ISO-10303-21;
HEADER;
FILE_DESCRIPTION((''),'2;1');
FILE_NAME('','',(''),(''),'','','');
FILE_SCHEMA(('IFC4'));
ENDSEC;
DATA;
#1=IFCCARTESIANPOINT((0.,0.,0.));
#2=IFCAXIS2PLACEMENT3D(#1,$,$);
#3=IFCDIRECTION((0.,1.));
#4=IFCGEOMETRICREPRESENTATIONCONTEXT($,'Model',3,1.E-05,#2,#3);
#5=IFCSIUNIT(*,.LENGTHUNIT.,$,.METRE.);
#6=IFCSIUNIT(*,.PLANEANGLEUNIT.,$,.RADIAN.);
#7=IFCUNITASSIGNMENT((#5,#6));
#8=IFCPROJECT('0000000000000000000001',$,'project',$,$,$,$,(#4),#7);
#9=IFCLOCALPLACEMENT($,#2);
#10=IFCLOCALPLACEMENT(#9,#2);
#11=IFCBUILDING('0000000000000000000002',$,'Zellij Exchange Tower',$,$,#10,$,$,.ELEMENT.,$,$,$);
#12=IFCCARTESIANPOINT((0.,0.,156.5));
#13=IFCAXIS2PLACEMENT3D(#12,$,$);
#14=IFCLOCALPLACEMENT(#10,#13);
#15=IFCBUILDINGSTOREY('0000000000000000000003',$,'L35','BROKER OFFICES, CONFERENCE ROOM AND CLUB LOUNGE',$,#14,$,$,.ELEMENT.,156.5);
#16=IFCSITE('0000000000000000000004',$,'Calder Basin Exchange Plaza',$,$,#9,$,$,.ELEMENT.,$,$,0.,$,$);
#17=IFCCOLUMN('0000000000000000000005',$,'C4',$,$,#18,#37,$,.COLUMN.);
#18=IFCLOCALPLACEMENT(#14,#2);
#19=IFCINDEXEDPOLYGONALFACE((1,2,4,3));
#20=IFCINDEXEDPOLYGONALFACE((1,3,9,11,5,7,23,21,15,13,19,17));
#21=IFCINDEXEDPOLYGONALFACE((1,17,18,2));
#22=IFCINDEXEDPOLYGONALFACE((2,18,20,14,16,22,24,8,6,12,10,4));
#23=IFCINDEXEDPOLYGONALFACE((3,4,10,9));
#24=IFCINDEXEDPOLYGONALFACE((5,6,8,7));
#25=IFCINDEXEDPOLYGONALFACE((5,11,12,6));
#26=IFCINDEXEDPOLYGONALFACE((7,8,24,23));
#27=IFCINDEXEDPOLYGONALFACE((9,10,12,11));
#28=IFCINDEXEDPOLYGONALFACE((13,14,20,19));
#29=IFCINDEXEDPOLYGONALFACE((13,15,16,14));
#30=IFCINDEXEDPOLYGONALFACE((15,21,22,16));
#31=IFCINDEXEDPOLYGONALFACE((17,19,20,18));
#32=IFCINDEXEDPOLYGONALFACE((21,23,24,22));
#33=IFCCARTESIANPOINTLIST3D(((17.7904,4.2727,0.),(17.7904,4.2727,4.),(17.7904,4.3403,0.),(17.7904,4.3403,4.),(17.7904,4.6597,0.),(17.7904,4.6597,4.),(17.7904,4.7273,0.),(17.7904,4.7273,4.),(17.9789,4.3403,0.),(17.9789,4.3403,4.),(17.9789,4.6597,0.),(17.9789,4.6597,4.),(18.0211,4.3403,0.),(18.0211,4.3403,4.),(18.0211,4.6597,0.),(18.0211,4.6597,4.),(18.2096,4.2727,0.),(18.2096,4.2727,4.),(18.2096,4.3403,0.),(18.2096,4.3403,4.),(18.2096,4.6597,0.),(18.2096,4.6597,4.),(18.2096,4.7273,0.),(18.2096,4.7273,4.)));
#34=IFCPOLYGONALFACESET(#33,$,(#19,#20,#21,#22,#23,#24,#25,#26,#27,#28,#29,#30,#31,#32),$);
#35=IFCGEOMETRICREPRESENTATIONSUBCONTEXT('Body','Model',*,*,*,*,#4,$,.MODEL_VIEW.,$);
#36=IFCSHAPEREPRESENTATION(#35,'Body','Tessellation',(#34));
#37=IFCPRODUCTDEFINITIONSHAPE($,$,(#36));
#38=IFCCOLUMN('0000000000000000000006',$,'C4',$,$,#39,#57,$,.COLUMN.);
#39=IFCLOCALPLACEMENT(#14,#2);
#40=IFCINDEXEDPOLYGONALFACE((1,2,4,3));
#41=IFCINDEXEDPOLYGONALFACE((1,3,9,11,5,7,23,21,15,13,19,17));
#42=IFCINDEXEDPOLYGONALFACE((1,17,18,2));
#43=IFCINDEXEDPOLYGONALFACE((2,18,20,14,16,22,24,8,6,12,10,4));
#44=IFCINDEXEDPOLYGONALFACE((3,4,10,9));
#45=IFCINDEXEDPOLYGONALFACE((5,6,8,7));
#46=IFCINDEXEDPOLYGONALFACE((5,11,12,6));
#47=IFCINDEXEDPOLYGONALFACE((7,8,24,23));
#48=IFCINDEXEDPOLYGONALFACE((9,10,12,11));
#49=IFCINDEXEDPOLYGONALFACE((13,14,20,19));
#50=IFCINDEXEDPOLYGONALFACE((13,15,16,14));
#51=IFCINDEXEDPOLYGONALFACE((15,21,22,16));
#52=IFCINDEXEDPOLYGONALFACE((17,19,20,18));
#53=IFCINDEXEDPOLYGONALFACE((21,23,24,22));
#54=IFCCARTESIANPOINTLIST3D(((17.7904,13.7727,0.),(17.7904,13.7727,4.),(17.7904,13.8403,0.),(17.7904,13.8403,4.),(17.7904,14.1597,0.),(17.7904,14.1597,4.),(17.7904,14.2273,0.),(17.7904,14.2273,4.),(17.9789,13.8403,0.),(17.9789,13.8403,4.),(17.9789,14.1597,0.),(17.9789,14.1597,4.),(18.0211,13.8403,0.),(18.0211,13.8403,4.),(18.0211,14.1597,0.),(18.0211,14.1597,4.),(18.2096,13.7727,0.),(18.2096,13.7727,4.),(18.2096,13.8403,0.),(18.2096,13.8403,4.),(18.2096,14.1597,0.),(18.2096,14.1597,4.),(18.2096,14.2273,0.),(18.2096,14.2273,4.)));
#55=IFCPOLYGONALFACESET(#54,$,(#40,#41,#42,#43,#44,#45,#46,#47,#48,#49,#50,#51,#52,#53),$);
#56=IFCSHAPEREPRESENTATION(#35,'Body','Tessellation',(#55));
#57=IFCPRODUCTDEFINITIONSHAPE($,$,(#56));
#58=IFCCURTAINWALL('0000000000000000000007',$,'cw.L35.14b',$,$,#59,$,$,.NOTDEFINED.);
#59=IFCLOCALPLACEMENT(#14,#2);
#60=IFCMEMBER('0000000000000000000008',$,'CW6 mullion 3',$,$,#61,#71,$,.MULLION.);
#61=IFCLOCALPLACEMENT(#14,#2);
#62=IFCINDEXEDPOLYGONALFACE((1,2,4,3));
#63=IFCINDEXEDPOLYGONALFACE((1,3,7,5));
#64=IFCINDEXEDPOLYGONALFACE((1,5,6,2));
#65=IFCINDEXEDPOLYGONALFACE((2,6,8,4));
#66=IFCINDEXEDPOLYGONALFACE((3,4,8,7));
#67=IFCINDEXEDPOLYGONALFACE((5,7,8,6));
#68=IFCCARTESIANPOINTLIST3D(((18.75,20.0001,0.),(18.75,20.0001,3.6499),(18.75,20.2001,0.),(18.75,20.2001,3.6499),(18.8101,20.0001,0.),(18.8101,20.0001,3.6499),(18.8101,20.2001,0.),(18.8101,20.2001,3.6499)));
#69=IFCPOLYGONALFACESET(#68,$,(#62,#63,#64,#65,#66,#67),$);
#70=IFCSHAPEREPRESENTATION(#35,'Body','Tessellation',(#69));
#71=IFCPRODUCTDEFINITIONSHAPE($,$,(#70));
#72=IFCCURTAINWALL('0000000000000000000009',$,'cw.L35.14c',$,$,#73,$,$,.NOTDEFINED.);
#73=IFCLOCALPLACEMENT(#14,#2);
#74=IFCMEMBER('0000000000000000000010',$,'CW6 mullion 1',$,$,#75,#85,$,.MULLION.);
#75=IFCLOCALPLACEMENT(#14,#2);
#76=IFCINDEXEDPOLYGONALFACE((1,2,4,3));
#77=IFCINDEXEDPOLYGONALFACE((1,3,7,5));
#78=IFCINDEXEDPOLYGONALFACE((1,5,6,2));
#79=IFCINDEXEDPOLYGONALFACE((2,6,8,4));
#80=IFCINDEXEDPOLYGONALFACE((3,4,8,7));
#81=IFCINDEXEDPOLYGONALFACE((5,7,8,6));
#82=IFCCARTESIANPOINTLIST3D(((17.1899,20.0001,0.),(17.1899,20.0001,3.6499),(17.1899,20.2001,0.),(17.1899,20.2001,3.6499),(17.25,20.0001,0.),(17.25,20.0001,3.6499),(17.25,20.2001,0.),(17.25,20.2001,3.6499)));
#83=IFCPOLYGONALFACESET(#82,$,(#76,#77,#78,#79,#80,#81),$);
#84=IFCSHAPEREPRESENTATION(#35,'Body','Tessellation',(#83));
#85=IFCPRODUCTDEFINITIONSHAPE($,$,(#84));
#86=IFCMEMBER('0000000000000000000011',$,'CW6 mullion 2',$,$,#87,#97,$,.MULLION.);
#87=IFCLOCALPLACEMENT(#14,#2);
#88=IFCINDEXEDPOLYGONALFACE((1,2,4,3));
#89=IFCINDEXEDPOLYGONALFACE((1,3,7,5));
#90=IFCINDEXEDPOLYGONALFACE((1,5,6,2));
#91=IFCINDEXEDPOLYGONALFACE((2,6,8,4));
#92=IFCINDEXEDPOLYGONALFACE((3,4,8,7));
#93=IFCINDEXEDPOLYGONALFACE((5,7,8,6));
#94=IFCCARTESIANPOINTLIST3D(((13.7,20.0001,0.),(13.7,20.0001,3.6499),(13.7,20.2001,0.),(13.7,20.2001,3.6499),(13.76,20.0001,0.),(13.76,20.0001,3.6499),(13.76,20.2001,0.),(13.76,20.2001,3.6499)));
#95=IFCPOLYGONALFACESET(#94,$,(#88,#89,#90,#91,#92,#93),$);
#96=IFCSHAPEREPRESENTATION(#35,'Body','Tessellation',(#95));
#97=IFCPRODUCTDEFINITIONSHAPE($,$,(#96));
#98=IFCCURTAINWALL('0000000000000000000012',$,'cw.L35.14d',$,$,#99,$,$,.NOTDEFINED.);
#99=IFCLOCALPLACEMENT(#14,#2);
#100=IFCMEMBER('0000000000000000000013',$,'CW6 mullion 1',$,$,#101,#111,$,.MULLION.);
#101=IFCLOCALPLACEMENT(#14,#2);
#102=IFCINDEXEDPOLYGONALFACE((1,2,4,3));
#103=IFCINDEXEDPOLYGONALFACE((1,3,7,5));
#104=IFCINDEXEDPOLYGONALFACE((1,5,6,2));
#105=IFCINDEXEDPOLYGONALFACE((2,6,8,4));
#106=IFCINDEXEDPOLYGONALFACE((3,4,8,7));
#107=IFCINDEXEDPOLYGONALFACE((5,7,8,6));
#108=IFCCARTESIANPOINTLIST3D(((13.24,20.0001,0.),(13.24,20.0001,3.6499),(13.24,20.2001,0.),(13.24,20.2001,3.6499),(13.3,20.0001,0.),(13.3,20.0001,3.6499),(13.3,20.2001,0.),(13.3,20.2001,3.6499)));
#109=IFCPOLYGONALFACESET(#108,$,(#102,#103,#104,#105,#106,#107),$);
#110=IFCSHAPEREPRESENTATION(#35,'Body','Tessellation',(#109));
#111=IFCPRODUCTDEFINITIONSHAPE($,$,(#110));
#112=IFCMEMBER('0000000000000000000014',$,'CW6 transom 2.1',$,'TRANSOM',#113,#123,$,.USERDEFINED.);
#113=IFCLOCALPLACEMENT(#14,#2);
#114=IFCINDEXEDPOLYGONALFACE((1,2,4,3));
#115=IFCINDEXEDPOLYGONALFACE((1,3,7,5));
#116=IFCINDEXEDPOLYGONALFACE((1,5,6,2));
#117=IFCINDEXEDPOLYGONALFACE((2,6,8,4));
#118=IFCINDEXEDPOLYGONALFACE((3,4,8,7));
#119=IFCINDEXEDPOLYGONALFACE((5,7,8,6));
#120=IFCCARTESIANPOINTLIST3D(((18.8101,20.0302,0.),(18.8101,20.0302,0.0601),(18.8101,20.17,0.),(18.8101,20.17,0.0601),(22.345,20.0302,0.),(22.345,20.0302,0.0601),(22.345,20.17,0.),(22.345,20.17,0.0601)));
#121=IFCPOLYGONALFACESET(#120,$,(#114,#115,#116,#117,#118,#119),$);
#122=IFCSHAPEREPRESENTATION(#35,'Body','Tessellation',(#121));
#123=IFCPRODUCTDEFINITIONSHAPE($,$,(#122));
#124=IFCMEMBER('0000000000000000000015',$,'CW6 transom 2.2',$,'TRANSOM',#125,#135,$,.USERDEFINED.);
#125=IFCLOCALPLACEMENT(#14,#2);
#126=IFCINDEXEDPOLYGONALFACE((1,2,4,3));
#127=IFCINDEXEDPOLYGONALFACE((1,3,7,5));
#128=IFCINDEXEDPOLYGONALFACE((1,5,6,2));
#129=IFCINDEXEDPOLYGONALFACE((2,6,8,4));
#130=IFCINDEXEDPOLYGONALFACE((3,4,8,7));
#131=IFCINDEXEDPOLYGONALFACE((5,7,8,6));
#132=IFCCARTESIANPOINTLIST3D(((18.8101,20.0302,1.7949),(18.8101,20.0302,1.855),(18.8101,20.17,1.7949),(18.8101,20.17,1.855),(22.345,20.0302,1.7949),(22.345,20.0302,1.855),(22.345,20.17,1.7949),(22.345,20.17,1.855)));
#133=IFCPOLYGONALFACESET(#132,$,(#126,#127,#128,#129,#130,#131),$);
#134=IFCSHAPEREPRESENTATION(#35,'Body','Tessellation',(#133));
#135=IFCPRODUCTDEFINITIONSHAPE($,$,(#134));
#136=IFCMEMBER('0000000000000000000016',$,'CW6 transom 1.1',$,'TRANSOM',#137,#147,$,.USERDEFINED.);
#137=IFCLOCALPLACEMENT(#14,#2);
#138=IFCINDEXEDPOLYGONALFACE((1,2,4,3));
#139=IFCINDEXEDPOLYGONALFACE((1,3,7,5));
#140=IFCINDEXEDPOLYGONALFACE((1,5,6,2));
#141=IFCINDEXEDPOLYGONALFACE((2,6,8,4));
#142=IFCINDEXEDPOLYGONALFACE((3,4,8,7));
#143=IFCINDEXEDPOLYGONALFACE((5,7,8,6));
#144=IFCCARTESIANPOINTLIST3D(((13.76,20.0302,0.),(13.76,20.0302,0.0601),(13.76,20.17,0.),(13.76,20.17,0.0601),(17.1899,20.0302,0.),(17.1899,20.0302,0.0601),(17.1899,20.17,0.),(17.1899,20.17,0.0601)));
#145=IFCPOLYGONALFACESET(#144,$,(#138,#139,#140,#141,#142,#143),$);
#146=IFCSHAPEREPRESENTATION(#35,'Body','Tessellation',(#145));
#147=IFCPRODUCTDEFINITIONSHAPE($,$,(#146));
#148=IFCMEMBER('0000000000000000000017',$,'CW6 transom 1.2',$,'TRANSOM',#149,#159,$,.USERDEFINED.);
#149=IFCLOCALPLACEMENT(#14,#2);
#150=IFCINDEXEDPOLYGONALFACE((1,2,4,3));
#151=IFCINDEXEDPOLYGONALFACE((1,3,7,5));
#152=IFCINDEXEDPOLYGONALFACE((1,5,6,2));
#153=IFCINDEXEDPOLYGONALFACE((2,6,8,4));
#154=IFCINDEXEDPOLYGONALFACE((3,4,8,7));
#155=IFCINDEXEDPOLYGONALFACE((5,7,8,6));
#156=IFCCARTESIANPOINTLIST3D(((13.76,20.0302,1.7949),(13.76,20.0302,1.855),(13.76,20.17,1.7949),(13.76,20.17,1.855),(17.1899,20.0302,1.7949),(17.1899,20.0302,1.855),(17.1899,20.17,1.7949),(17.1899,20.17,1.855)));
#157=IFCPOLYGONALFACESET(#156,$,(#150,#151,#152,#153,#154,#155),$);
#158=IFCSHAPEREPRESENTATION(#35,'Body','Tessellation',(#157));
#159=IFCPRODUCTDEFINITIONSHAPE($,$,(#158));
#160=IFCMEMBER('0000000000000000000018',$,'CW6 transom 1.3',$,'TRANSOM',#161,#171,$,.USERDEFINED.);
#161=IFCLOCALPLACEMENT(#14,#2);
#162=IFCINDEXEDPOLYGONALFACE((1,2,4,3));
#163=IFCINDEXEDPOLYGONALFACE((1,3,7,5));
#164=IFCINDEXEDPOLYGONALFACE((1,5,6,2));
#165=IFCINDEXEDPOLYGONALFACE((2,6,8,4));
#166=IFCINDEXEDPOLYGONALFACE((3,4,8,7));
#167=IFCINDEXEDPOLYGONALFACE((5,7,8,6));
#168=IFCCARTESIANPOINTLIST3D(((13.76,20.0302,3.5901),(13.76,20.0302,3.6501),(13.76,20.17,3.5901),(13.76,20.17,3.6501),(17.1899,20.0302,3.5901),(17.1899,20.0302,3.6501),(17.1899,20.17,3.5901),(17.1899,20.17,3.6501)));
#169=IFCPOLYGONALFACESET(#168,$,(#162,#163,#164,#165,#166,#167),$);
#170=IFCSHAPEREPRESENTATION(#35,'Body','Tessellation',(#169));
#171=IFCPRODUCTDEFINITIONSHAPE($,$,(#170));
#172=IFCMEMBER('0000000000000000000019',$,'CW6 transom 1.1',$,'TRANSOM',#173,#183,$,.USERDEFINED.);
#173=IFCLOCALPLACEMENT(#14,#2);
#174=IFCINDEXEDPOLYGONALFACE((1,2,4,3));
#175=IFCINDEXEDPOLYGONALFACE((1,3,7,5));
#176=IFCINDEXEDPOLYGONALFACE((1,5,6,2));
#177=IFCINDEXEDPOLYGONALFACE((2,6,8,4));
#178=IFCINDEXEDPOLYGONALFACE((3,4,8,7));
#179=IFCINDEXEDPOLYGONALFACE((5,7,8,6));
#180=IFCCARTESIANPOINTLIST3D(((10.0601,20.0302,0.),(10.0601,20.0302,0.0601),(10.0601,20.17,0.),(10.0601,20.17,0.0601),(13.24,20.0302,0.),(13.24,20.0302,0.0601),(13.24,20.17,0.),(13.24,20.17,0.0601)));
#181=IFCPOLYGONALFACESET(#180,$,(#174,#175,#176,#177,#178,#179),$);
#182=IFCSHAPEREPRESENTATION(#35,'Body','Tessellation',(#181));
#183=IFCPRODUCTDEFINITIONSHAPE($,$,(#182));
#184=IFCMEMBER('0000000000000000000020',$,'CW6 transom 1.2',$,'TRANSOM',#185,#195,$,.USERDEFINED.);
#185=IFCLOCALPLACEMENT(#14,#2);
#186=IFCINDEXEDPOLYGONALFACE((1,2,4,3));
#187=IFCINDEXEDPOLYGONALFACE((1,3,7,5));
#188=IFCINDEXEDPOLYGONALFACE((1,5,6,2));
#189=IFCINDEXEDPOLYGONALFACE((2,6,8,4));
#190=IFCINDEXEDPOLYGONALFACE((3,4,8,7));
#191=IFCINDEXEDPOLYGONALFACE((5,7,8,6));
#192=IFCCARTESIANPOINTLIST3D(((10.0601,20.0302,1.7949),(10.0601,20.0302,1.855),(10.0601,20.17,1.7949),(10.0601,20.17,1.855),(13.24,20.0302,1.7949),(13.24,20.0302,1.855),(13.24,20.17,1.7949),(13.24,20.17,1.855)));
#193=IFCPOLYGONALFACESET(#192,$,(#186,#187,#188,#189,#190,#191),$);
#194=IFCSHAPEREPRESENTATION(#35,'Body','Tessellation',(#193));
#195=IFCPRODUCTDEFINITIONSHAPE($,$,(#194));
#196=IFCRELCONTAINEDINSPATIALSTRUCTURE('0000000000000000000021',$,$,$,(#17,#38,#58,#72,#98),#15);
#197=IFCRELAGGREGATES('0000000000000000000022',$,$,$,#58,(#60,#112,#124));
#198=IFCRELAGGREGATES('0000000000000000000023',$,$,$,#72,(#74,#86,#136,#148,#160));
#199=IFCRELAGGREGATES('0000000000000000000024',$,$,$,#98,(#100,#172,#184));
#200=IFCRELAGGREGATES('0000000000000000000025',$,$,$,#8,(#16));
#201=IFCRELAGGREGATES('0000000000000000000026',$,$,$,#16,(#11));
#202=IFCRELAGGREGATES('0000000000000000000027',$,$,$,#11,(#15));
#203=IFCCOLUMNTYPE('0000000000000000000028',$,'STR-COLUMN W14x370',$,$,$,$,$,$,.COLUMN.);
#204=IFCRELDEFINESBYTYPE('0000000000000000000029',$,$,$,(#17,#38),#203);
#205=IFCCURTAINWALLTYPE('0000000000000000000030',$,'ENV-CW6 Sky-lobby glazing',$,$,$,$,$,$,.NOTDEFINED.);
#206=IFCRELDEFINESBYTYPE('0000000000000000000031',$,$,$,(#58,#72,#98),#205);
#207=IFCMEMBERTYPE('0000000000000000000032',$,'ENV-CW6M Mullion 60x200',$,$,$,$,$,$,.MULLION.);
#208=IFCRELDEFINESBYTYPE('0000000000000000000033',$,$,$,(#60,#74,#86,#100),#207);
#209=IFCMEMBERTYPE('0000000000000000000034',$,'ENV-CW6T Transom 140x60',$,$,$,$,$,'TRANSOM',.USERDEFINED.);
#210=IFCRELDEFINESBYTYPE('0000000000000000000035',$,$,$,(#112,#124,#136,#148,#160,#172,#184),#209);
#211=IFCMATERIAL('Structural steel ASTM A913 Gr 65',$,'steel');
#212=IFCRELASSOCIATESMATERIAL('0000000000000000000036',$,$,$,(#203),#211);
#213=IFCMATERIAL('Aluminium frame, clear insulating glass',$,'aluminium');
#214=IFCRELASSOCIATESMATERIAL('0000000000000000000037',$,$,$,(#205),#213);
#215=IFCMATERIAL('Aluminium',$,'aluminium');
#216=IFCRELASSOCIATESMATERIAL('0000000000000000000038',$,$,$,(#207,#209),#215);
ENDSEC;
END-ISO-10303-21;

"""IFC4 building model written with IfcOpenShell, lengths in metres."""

from ifc_helpers import new_model, si_unit, direction, frame, origin, origin_2d, place, context, subcontext, project, spatial, rectangle, i_section, extrude, material, material_profile, profile_set, type_object, element, aggregate, save


model = new_model("IFC4")

# Units and contexts
model_context = context("Model", 3, precision=1e-05, world=origin(), true_north=direction((0.0, 1.0)))
body_context = subcontext(model_context, "Body", "Model", "MODEL_VIEW")
ifc_project = project(units=[si_unit("LENGTHUNIT", "METRE"), si_unit("PLANEANGLEUNIT", "RADIAN")], contexts=[model_context])

# Site, building, storey
site_placement = place(None, origin())
site = spatial("IfcSite", under=ifc_project, at=site_placement, Name="Calder Basin Exchange Plaza", CompositionType="ELEMENT", RefElevation=0.0)
building_placement = place(site_placement, origin())
building = spatial("IfcBuilding", under=site, at=building_placement, Name="Zellij Exchange Tower", CompositionType="ELEMENT")
storey_placement = place(building_placement, frame((0.0, 0.0, 156.5)))
storey = spatial("IfcBuildingStorey", under=building, at=storey_placement, Name="L35", Description="BROKER OFFICES, CONFERENCE ROOM AND CLUB LOUNGE", CompositionType="ELEMENT", Elevation=156.5)

# Columns
ifc_material_1 = material(Name="Structural steel ASTM A913 Gr 65", Category="steel")
ifc_material_profile_1 = material_profile(ifc_material_1, i_section(OverallWidth=0.4192, OverallDepth=0.4546, WebThickness=0.0422, FlangeThickness=0.0676, at=origin_2d()), Name="W14x370")
ifc_profile_set_1 = profile_set([ifc_material_profile_1], Name="Structural steel ASTM A913 Gr 65")
column_type_1 = type_object("IfcColumnType", Name="STR-COLUMN W14x370", PredefinedType="COLUMN", material=ifc_profile_set_1)
for number, where, z_axis, x_axis, name in (
    (1, (18.0, 4.5, 0.0), (0.0, 0.0, 1.0), (1.0, 0.0, 0.0), "C4"),
    (2, (18.0, 14.0, 0.0), (0.0, 0.0, 1.0), (1.0, 0.0, 0.0), "C4"),
):
    element("IfcColumn", number, at=place(storey_placement, frame(where, z_axis=z_axis, x_axis=x_axis)), inside=storey, type_object=column_type_1, Name=name, PredefinedType="COLUMN", context=body_context, shape_type="SweptSolid", body=[
        extrude(i_section(OverallWidth=0.4192, OverallDepth=0.4546, WebThickness=0.0422, FlangeThickness=0.0676, at=origin_2d()), origin(), (0.0, 0.0, 1.0), 4.0),
    ])

# Curtain wall, member
ifc_material_2 = material(Name="Aluminium frame, clear insulating glass", Category="aluminium")
curtain_wall_type = type_object("IfcCurtainWallType", Name="ENV-CW6 Sky-lobby glazing", PredefinedType="NOTDEFINED", material=ifc_material_2)
curtain_wall_1_placement = place(storey_placement, origin())
curtain_wall_1 = element("IfcCurtainWall", 3, at=curtain_wall_1_placement, inside=storey, type_object=curtain_wall_type, Name="cw.L35.14b", PredefinedType="NOTDEFINED")
ifc_material_3 = material(Name="Aluminium", Category="aluminium")
ifc_material_profile_2 = material_profile(ifc_material_3, rectangle(XDim=0.0601, YDim=0.2, at=origin_2d()), Name="AL 60x200")
ifc_profile_set_2 = profile_set([ifc_material_profile_2], Name="Aluminium")
member_type_1 = type_object("IfcMemberType", Name="ENV-CW6M Mullion 60x200", PredefinedType="MULLION", material=ifc_profile_set_2)
member_1_placement = place(storey_placement, frame((18.78, 20.1001, 0.0), z_axis=(0.0, 0.0, 1.0), x_axis=(-1.0, 0.0, 0.0)))
member_1 = element("IfcMember", 4, at=member_1_placement, type_object=member_type_1, Name="CW6 mullion 3", PredefinedType="MULLION", context=body_context, shape_type="SweptSolid", body=[
    extrude(rectangle(XDim=0.0601, YDim=0.2, at=origin_2d()), origin(), (0.0, 0.0, 1.0), 3.6499),
])

# Curtain wall, members
curtain_wall_2_placement = place(storey_placement, origin())
curtain_wall_2 = element("IfcCurtainWall", 5, at=curtain_wall_2_placement, inside=storey, type_object=curtain_wall_type, Name="cw.L35.14c", PredefinedType="NOTDEFINED")
member_2_placement = place(storey_placement, frame((17.22, 20.1001, 0.0), z_axis=(0.0, 0.0, 1.0), x_axis=(-1.0, 0.0, 0.0)))
member_2 = element("IfcMember", 6, at=member_2_placement, type_object=member_type_1, Name="CW6 mullion 1", PredefinedType="MULLION", context=body_context, shape_type="SweptSolid", body=[
    extrude(rectangle(XDim=0.0601, YDim=0.2, at=origin_2d()), origin(), (0.0, 0.0, 1.0), 3.6499),
])
member_3_placement = place(storey_placement, frame((13.73, 20.1001, 0.0), z_axis=(0.0, 0.0, 1.0), x_axis=(-1.0, 0.0, 0.0)))
member_3 = element("IfcMember", 7, at=member_3_placement, type_object=member_type_1, Name="CW6 mullion 2", PredefinedType="MULLION", context=body_context, shape_type="SweptSolid", body=[
    extrude(rectangle(XDim=0.0601, YDim=0.2, at=origin_2d()), origin(), (0.0, 0.0, 1.0), 3.6499),
])

# Curtain wall, member
curtain_wall_3_placement = place(storey_placement, origin())
curtain_wall_3 = element("IfcCurtainWall", 8, at=curtain_wall_3_placement, inside=storey, type_object=curtain_wall_type, Name="cw.L35.14d", PredefinedType="NOTDEFINED")
member_4_placement = place(storey_placement, frame((13.27, 20.1001, 0.0), z_axis=(0.0, 0.0, 1.0), x_axis=(-1.0, 0.0, 0.0)))
member_4 = element("IfcMember", 9, at=member_4_placement, type_object=member_type_1, Name="CW6 mullion 1", PredefinedType="MULLION", context=body_context, shape_type="SweptSolid", body=[
    extrude(rectangle(XDim=0.0601, YDim=0.2, at=origin_2d()), origin(), (0.0, 0.0, 1.0), 3.6499),
])

# Members
ifc_material_profile_3 = material_profile(ifc_material_3, rectangle(XDim=0.1399, YDim=0.0601, at=origin_2d()), Name="AL 140x60")
ifc_profile_set_3 = profile_set([ifc_material_profile_3], Name="Aluminium")
member_type_2 = type_object("IfcMemberType", Name="ENV-CW6T Transom 140x60", ElementType="TRANSOM", PredefinedType="USERDEFINED", material=ifc_profile_set_3)
member_5_placement = place(storey_placement, frame((22.345, 20.1001, 0.03), z_axis=(-1.0, 0.0, 0.0), x_axis=(0.0, -1.0, 0.0)))
member_5 = element("IfcMember", 10, at=member_5_placement, type_object=member_type_2, Name="CW6 transom 2.1", ObjectType="TRANSOM", PredefinedType="USERDEFINED", context=body_context, shape_type="SweptSolid", body=[
    extrude(rectangle(XDim=0.1399, YDim=0.0601, at=origin_2d()), origin(), (0.0, 0.0, 1.0), 3.5349),
])
member_6_placement = place(storey_placement, frame((22.345, 20.1001, 1.825), z_axis=(-1.0, 0.0, 0.0), x_axis=(0.0, -1.0, 0.0)))
member_6 = element("IfcMember", 11, at=member_6_placement, type_object=member_type_2, Name="CW6 transom 2.2", ObjectType="TRANSOM", PredefinedType="USERDEFINED", context=body_context, shape_type="SweptSolid", body=[
    extrude(rectangle(XDim=0.1399, YDim=0.0601, at=origin_2d()), origin(), (0.0, 0.0, 1.0), 3.5349),
])
member_7_placement = place(storey_placement, frame((17.1899, 20.1001, 0.03), z_axis=(-1.0, 0.0, 0.0), x_axis=(0.0, -1.0, 0.0)))
member_7 = element("IfcMember", 12, at=member_7_placement, type_object=member_type_2, Name="CW6 transom 1.1", ObjectType="TRANSOM", PredefinedType="USERDEFINED", context=body_context, shape_type="SweptSolid", body=[
    extrude(rectangle(XDim=0.1399, YDim=0.0601, at=origin_2d()), origin(), (0.0, 0.0, 1.0), 3.4299),
])
member_8_placement = place(storey_placement, frame((17.1899, 20.1001, 1.825), z_axis=(-1.0, 0.0, 0.0), x_axis=(0.0, -1.0, 0.0)))
member_8 = element("IfcMember", 13, at=member_8_placement, type_object=member_type_2, Name="CW6 transom 1.2", ObjectType="TRANSOM", PredefinedType="USERDEFINED", context=body_context, shape_type="SweptSolid", body=[
    extrude(rectangle(XDim=0.1399, YDim=0.0601, at=origin_2d()), origin(), (0.0, 0.0, 1.0), 3.4299),
])
member_9_placement = place(storey_placement, frame((17.1899, 20.1001, 3.6201), z_axis=(-1.0, 0.0, 0.0), x_axis=(0.0, -1.0, 0.0)))
member_9 = element("IfcMember", 14, at=member_9_placement, type_object=member_type_2, Name="CW6 transom 1.3", ObjectType="TRANSOM", PredefinedType="USERDEFINED", context=body_context, shape_type="SweptSolid", body=[
    extrude(rectangle(XDim=0.1399, YDim=0.0601, at=origin_2d()), origin(), (0.0, 0.0, 1.0), 3.4299),
])
member_10_placement = place(storey_placement, frame((13.24, 20.1001, 0.03), z_axis=(-1.0, 0.0, 0.0), x_axis=(0.0, -1.0, 0.0)))
member_10 = element("IfcMember", 15, at=member_10_placement, type_object=member_type_2, Name="CW6 transom 1.1", ObjectType="TRANSOM", PredefinedType="USERDEFINED", context=body_context, shape_type="SweptSolid", body=[
    extrude(rectangle(XDim=0.1399, YDim=0.0601, at=origin_2d()), origin(), (0.0, 0.0, 1.0), 3.1799),
])
member_11_placement = place(storey_placement, frame((13.24, 20.1001, 1.825), z_axis=(-1.0, 0.0, 0.0), x_axis=(0.0, -1.0, 0.0)))
member_11 = element("IfcMember", 16, at=member_11_placement, type_object=member_type_2, Name="CW6 transom 1.2", ObjectType="TRANSOM", PredefinedType="USERDEFINED", context=body_context, shape_type="SweptSolid", body=[
    extrude(rectangle(XDim=0.1399, YDim=0.0601, at=origin_2d()), origin(), (0.0, 0.0, 1.0), 3.1799),
])

aggregate(curtain_wall_1, [member_1, member_5, member_6])
aggregate(curtain_wall_2, [member_2, member_3, member_7, member_8, member_9])
aggregate(curtain_wall_3, [member_4, member_10, member_11])

save(model, "model.ifc")
